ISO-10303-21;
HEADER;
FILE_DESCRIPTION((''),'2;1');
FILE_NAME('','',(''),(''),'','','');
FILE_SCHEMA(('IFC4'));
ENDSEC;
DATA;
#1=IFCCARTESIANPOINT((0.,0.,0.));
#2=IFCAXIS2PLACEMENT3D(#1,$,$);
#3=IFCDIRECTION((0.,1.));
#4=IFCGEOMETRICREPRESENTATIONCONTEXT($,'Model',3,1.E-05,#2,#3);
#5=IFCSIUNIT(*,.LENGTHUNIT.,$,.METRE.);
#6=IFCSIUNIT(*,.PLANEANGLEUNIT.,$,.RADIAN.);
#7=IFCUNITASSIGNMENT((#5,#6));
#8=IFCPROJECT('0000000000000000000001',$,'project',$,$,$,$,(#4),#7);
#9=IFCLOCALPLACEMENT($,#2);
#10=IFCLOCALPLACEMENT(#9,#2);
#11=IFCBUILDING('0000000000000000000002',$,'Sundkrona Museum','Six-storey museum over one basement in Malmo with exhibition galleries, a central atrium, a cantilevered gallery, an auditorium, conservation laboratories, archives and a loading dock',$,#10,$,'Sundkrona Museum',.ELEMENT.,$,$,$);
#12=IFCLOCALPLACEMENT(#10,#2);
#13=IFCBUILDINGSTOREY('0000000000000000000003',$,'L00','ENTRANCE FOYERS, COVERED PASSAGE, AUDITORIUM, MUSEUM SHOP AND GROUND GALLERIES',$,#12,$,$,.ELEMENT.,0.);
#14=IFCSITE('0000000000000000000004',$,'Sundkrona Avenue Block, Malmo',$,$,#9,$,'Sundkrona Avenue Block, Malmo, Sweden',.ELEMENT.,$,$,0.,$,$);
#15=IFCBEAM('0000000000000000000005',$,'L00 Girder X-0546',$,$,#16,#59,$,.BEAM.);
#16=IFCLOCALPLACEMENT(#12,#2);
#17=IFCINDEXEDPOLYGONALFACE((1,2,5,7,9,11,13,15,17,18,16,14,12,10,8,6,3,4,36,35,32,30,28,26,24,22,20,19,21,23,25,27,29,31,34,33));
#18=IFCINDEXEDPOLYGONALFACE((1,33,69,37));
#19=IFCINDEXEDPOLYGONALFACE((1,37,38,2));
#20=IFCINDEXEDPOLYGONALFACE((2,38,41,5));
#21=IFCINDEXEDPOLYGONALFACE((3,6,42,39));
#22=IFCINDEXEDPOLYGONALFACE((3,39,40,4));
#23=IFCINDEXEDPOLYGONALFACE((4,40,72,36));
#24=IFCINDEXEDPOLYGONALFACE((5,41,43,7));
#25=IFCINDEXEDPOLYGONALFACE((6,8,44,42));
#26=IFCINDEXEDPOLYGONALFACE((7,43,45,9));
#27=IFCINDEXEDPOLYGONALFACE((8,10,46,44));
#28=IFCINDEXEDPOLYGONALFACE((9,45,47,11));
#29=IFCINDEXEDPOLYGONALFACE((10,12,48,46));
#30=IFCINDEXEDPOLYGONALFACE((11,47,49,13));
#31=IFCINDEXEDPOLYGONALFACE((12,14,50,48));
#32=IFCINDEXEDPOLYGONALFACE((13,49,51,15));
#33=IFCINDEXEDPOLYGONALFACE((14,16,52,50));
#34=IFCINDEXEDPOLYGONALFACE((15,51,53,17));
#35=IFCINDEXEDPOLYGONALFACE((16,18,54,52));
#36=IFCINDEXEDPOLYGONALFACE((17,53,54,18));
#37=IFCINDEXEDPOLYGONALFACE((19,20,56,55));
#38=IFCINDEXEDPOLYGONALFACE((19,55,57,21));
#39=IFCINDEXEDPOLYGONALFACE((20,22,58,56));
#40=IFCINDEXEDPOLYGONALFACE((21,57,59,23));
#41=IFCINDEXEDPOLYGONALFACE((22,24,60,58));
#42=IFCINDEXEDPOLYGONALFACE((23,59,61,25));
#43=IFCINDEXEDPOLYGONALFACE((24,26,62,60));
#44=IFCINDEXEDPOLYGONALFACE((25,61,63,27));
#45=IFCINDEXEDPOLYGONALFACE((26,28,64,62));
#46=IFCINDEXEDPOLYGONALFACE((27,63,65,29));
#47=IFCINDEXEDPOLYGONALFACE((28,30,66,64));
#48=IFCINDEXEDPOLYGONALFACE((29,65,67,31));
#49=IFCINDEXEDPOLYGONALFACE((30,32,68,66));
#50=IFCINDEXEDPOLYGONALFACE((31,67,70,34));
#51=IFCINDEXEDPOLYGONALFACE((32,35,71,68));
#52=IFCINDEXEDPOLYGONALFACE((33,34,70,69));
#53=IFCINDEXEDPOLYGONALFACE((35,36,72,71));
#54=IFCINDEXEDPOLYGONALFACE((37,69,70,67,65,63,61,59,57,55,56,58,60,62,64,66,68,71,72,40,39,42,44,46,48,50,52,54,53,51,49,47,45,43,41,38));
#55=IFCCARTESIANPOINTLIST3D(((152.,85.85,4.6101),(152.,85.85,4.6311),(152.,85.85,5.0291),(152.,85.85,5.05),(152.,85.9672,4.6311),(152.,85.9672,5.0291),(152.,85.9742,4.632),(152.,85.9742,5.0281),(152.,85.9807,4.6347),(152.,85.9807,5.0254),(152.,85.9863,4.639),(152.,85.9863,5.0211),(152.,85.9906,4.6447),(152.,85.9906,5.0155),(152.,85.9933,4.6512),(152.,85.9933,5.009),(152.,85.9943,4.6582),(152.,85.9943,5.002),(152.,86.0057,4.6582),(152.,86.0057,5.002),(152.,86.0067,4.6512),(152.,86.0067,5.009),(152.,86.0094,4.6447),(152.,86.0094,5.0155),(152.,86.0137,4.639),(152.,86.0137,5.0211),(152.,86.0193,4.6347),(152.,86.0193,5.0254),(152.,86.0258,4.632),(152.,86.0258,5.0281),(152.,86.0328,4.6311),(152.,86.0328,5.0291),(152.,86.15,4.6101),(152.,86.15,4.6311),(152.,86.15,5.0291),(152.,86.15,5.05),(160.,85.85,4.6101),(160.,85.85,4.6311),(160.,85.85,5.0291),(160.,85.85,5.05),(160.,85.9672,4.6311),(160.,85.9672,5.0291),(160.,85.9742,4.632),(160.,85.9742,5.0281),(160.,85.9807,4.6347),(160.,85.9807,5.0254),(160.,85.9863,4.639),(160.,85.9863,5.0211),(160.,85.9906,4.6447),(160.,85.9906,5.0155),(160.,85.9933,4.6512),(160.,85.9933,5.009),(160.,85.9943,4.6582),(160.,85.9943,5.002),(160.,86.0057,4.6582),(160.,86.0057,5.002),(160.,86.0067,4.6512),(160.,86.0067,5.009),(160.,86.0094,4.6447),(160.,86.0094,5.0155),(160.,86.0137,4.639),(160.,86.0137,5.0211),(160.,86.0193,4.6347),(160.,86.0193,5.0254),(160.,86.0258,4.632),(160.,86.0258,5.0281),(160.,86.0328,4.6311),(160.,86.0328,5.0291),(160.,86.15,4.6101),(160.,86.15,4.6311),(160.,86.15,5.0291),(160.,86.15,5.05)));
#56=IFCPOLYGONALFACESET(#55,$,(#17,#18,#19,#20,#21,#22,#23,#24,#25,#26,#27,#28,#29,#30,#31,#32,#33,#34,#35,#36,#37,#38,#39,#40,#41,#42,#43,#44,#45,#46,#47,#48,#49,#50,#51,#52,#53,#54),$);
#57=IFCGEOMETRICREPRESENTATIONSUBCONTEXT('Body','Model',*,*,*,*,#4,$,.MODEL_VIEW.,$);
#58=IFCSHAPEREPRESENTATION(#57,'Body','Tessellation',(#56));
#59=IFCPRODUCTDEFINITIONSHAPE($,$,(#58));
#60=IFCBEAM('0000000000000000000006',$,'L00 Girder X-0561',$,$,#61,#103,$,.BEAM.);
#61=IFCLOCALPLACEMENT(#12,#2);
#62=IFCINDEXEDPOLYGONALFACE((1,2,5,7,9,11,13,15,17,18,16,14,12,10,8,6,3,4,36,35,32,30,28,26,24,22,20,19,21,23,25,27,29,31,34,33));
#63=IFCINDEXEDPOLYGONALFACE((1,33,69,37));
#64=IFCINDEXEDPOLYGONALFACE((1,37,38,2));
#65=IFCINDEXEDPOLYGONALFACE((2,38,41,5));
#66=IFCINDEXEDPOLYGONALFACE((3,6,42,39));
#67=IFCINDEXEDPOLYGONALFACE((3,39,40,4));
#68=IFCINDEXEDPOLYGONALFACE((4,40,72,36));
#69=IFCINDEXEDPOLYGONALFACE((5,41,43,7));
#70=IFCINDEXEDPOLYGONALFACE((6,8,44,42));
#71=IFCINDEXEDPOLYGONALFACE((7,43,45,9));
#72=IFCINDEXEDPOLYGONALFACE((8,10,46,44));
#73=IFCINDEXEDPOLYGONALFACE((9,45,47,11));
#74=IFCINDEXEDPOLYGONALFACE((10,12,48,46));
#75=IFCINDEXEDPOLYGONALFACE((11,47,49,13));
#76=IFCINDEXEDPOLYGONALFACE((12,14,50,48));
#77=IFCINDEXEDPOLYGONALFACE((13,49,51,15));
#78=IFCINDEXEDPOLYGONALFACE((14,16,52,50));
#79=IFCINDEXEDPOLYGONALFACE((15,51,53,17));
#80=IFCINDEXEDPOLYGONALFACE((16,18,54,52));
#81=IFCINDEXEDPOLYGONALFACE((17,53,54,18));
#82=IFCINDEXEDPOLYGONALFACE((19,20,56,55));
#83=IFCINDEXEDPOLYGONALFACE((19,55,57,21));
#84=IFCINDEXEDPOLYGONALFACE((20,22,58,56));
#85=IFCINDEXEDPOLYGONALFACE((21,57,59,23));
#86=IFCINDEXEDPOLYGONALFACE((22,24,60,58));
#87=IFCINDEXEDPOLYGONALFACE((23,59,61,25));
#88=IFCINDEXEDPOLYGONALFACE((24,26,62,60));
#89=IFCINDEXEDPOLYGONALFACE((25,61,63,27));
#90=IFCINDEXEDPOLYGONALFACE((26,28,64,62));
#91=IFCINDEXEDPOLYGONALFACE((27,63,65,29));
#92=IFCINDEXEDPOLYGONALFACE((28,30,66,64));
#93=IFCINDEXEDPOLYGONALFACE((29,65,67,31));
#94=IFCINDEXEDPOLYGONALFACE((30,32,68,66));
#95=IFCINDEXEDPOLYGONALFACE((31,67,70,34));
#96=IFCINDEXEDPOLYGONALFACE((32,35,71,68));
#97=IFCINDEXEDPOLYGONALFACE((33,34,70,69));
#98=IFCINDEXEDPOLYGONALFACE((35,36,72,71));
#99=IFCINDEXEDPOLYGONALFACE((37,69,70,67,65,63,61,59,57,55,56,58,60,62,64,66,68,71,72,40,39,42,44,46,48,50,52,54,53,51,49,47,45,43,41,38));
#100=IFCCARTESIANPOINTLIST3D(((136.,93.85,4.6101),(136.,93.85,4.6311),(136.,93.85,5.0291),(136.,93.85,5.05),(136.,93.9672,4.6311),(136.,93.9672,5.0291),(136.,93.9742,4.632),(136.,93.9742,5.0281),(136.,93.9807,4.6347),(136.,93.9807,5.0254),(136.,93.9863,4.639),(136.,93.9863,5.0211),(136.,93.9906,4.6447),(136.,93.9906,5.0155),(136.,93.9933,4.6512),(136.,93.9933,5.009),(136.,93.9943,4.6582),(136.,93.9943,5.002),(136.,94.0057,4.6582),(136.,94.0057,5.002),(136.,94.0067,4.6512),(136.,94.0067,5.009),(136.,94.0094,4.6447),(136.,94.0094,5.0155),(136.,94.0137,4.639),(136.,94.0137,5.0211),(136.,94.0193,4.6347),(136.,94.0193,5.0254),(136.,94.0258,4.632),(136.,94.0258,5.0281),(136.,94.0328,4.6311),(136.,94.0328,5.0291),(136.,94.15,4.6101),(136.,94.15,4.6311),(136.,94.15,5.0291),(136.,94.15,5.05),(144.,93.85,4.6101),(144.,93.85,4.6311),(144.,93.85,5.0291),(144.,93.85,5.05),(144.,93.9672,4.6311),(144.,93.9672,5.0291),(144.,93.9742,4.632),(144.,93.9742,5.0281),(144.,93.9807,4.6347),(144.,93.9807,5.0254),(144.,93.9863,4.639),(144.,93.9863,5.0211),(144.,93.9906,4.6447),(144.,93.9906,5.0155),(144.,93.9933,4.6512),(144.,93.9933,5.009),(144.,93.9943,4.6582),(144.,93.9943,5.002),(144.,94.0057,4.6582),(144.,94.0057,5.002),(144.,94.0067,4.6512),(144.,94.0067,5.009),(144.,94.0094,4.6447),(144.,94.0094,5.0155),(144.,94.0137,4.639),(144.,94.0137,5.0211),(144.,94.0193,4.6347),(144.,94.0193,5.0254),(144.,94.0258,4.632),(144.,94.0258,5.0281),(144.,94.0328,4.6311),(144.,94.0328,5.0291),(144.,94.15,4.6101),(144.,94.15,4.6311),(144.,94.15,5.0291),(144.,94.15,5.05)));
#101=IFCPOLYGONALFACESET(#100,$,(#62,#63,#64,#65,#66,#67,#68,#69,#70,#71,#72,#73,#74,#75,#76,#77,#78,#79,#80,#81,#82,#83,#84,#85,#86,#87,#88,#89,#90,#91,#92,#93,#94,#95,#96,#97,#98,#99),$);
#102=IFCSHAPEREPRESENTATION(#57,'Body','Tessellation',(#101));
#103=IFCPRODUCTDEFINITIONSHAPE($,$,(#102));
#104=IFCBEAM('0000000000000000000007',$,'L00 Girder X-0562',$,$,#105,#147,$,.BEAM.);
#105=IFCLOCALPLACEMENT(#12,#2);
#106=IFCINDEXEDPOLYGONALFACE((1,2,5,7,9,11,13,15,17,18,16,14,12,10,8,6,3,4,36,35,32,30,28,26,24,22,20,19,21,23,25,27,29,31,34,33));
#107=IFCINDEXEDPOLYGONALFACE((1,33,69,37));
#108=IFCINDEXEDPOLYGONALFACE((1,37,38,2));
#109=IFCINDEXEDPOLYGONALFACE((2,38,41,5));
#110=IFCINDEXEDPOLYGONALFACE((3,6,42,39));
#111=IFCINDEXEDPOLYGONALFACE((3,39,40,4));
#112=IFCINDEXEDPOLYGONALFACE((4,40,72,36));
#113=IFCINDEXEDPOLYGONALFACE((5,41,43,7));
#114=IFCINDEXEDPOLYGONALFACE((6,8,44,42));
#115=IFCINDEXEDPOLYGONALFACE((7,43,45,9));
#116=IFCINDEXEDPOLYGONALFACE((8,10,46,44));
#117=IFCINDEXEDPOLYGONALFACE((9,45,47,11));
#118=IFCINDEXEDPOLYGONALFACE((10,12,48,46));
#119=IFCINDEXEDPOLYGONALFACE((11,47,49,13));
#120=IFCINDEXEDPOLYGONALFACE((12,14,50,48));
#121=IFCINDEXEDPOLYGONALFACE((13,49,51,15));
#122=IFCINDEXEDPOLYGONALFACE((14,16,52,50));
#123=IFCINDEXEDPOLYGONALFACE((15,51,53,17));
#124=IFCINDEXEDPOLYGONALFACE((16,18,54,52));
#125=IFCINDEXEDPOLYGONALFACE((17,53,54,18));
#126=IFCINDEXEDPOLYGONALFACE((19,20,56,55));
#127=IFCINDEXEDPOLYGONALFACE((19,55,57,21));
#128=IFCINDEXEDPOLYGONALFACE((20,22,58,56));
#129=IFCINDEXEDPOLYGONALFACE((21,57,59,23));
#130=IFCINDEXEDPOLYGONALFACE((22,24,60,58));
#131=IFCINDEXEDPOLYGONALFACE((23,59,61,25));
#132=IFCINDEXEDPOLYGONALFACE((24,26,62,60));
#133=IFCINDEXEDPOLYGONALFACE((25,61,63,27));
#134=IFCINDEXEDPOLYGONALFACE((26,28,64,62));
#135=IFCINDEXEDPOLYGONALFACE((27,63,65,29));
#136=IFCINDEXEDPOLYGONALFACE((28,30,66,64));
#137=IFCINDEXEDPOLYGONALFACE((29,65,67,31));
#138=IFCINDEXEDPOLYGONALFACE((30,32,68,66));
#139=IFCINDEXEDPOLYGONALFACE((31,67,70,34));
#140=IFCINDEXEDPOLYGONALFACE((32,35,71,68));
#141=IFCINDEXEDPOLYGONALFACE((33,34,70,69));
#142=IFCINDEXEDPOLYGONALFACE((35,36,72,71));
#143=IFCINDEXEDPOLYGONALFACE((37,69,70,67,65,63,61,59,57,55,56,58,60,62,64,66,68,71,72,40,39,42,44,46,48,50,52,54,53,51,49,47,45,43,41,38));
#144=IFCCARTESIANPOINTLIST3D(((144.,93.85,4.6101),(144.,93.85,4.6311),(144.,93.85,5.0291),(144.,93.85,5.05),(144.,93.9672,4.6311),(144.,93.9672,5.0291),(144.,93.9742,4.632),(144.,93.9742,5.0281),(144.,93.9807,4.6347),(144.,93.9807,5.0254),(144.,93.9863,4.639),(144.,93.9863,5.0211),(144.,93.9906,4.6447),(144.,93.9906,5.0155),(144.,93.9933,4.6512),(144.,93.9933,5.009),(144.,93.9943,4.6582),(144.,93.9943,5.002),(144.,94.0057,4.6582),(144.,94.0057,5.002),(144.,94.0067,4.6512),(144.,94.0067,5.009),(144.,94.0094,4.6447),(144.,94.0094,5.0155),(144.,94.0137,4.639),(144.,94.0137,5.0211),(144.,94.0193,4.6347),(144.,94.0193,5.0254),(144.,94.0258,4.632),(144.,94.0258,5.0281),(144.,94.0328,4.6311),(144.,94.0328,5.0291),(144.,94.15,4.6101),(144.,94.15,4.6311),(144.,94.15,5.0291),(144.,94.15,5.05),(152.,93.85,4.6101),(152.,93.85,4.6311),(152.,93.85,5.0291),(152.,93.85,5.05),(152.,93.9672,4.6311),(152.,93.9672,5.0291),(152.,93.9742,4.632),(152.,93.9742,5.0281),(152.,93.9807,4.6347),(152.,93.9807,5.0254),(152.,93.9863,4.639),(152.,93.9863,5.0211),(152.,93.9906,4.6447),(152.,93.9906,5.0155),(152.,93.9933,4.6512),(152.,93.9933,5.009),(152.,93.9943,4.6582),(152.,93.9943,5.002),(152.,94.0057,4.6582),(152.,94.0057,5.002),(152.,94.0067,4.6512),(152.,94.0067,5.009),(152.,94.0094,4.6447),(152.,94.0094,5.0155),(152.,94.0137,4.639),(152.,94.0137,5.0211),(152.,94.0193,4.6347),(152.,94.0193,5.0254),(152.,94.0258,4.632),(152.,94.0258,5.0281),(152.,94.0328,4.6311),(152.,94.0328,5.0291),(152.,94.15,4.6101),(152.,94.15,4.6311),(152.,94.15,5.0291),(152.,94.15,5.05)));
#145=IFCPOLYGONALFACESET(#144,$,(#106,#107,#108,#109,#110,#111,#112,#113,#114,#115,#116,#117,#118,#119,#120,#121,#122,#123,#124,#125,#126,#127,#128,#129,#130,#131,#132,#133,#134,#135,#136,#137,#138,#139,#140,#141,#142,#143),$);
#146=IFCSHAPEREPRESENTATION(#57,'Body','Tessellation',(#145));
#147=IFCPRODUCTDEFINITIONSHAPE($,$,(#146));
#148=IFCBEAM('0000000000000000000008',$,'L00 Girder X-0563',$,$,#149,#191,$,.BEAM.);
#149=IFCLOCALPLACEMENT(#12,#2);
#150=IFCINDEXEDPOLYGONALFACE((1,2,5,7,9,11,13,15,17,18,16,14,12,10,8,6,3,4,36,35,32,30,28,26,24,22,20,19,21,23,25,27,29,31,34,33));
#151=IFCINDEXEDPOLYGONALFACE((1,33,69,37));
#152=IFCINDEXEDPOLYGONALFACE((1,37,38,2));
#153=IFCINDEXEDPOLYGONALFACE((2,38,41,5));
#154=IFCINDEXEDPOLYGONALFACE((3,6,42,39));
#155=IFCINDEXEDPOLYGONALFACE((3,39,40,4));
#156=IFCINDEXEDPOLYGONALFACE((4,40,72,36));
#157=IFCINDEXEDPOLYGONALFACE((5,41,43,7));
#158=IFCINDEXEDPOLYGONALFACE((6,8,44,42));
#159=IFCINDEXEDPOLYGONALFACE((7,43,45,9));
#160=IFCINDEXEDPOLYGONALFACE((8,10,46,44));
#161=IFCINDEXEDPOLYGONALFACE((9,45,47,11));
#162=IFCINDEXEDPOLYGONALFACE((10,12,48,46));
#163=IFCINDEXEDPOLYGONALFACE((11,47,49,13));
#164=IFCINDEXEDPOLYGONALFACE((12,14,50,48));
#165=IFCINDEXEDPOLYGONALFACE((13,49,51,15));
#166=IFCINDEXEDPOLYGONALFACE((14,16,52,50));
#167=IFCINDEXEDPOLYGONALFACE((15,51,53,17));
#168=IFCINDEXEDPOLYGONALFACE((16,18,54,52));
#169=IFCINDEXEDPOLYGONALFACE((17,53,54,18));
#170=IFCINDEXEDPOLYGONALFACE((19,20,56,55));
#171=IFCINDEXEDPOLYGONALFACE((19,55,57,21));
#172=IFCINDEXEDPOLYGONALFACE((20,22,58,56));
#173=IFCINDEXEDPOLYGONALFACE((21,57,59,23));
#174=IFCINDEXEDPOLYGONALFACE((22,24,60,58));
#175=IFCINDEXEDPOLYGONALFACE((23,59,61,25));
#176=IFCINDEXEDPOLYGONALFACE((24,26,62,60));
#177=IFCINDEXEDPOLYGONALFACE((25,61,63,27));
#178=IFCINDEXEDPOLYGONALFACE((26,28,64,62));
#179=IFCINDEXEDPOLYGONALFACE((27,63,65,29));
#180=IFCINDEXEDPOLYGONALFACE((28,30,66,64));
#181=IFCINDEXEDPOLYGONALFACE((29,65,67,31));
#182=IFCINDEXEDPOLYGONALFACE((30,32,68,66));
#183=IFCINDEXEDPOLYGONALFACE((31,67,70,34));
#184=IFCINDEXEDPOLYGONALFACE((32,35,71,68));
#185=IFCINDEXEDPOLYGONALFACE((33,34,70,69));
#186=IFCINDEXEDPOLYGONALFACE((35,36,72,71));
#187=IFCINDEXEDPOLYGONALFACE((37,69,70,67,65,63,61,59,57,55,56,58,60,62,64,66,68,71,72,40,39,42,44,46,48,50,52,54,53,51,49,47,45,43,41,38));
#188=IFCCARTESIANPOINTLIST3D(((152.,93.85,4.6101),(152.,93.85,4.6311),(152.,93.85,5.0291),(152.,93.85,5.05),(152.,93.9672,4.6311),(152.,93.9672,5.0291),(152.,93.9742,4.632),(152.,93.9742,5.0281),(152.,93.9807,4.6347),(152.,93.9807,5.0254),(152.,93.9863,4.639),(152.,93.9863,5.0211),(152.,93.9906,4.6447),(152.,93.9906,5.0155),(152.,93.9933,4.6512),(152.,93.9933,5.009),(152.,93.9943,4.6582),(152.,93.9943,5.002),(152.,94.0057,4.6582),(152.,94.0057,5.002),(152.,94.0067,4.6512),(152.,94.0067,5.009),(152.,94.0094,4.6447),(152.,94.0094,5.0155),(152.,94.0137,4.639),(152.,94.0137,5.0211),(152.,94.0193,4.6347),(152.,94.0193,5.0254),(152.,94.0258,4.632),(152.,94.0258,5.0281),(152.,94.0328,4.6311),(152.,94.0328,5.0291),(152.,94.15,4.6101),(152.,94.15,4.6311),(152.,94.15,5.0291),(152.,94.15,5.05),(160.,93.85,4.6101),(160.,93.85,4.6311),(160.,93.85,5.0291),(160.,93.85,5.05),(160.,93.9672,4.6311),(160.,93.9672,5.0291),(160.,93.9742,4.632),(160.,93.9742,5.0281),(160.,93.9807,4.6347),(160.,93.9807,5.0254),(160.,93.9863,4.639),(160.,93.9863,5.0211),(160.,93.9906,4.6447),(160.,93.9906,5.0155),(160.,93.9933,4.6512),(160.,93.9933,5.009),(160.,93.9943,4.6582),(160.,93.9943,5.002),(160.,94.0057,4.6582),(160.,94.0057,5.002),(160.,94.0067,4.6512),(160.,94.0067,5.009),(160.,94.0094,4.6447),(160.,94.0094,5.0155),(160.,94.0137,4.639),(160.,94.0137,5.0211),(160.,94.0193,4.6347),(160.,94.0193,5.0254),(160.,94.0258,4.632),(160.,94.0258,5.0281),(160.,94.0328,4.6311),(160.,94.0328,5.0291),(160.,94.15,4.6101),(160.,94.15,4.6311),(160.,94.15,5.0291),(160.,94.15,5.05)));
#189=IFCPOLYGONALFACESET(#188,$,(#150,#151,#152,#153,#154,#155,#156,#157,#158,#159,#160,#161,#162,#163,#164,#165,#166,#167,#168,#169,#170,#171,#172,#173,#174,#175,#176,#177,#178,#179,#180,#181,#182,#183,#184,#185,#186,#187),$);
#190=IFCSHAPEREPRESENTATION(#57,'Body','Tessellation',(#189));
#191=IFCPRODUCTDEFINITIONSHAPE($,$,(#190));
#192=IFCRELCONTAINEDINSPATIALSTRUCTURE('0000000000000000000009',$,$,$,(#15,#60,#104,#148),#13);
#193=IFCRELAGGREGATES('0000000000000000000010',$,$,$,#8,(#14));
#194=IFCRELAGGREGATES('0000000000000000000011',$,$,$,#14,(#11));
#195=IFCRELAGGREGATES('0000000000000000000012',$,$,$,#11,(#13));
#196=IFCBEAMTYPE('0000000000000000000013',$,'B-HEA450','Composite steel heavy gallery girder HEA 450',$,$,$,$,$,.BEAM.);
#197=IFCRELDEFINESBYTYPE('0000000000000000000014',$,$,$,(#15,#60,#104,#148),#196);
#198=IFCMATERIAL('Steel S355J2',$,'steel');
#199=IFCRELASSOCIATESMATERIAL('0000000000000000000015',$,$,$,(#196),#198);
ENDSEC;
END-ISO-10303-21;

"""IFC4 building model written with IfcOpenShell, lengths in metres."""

from ifc_helpers import new_model, si_unit, direction, frame, origin, origin_2d, place, context, subcontext, project, spatial, i_section, extrude, material, material_profile, profile_set, type_object, element, save


model = new_model("IFC4")

# Units and contexts
model_context = context("Model", 3, precision=1e-05, world=origin(), true_north=direction((0.0, 1.0)))
body_context = subcontext(model_context, "Body", "Model", "MODEL_VIEW")
ifc_project = project(units=[si_unit("LENGTHUNIT", "METRE"), si_unit("PLANEANGLEUNIT", "RADIAN")], contexts=[model_context])

# Site, building, storey
site_placement = place(None, origin())
site = spatial("IfcSite", under=ifc_project, at=site_placement, Name="Sundkrona Avenue Block, Malmo", LongName="Sundkrona Avenue Block, Malmo, Sweden", CompositionType="ELEMENT", RefElevation=0.0)
building_placement = place(site_placement, origin())
building = spatial("IfcBuilding", under=site, at=building_placement, Name="Sundkrona Museum", Description="Six-storey museum over one basement in Malmo with exhibition galleries, a central atrium, a cantilevered gallery, an auditorium, conservation laboratories, archives and a loading dock", LongName="Sundkrona Museum", CompositionType="ELEMENT")
storey_placement = place(building_placement, origin())
storey = spatial("IfcBuildingStorey", under=building, at=storey_placement, Name="L00", Description="ENTRANCE FOYERS, COVERED PASSAGE, AUDITORIUM, MUSEUM SHOP AND GROUND GALLERIES", CompositionType="ELEMENT", Elevation=0.0)

# Shared definitions
ifc_material = material(Name="Steel S355J2", Category="steel")

# Beams
ifc_material_profile_1 = material_profile(ifc_material, i_section(OverallWidth=0.3, OverallDepth=0.4399, WebThickness=0.0115, FlangeThickness=0.021, FilletRadius=0.0271, at=origin_2d()), Name="HEA 450")
ifc_profile_set_1 = profile_set([ifc_material_profile_1], Name="Steel S355J2")
beam_type_1 = type_object("IfcBeamType", Name="B-HEA450", Description="Composite steel heavy gallery girder HEA 450", PredefinedType="BEAM", material=ifc_profile_set_1)
for number, where, z_axis, x_axis, name in (
    (1, (152.0, 86.0, 4.8301), (1.0, 0.0, 0.0), (0.0, 1.0, 0.0), "L00 Girder X-0546"),
    (2, (136.0, 94.0, 4.8301), (1.0, 0.0, 0.0), (0.0, 1.0, 0.0), "L00 Girder X-0561"),
    (3, (144.0, 94.0, 4.8301), (1.0, 0.0, 0.0), (0.0, 1.0, 0.0), "L00 Girder X-0562"),
    (4, (152.0, 94.0, 4.8301), (1.0, 0.0, 0.0), (0.0, 1.0, 0.0), "L00 Girder X-0563"),
):
    element("IfcBeam", number, at=place(storey_placement, frame(where, z_axis=z_axis, x_axis=x_axis)), inside=storey, type_object=beam_type_1, Name=name, PredefinedType="BEAM", context=body_context, shape_type="SweptSolid", body=[
        extrude(i_section(OverallWidth=0.3, OverallDepth=0.4399, WebThickness=0.0115, FlangeThickness=0.021, FilletRadius=0.0271, at=origin_2d()), origin(), (0.0, 0.0, 1.0), 8.0),
    ])

save(model, "model.ifc")
